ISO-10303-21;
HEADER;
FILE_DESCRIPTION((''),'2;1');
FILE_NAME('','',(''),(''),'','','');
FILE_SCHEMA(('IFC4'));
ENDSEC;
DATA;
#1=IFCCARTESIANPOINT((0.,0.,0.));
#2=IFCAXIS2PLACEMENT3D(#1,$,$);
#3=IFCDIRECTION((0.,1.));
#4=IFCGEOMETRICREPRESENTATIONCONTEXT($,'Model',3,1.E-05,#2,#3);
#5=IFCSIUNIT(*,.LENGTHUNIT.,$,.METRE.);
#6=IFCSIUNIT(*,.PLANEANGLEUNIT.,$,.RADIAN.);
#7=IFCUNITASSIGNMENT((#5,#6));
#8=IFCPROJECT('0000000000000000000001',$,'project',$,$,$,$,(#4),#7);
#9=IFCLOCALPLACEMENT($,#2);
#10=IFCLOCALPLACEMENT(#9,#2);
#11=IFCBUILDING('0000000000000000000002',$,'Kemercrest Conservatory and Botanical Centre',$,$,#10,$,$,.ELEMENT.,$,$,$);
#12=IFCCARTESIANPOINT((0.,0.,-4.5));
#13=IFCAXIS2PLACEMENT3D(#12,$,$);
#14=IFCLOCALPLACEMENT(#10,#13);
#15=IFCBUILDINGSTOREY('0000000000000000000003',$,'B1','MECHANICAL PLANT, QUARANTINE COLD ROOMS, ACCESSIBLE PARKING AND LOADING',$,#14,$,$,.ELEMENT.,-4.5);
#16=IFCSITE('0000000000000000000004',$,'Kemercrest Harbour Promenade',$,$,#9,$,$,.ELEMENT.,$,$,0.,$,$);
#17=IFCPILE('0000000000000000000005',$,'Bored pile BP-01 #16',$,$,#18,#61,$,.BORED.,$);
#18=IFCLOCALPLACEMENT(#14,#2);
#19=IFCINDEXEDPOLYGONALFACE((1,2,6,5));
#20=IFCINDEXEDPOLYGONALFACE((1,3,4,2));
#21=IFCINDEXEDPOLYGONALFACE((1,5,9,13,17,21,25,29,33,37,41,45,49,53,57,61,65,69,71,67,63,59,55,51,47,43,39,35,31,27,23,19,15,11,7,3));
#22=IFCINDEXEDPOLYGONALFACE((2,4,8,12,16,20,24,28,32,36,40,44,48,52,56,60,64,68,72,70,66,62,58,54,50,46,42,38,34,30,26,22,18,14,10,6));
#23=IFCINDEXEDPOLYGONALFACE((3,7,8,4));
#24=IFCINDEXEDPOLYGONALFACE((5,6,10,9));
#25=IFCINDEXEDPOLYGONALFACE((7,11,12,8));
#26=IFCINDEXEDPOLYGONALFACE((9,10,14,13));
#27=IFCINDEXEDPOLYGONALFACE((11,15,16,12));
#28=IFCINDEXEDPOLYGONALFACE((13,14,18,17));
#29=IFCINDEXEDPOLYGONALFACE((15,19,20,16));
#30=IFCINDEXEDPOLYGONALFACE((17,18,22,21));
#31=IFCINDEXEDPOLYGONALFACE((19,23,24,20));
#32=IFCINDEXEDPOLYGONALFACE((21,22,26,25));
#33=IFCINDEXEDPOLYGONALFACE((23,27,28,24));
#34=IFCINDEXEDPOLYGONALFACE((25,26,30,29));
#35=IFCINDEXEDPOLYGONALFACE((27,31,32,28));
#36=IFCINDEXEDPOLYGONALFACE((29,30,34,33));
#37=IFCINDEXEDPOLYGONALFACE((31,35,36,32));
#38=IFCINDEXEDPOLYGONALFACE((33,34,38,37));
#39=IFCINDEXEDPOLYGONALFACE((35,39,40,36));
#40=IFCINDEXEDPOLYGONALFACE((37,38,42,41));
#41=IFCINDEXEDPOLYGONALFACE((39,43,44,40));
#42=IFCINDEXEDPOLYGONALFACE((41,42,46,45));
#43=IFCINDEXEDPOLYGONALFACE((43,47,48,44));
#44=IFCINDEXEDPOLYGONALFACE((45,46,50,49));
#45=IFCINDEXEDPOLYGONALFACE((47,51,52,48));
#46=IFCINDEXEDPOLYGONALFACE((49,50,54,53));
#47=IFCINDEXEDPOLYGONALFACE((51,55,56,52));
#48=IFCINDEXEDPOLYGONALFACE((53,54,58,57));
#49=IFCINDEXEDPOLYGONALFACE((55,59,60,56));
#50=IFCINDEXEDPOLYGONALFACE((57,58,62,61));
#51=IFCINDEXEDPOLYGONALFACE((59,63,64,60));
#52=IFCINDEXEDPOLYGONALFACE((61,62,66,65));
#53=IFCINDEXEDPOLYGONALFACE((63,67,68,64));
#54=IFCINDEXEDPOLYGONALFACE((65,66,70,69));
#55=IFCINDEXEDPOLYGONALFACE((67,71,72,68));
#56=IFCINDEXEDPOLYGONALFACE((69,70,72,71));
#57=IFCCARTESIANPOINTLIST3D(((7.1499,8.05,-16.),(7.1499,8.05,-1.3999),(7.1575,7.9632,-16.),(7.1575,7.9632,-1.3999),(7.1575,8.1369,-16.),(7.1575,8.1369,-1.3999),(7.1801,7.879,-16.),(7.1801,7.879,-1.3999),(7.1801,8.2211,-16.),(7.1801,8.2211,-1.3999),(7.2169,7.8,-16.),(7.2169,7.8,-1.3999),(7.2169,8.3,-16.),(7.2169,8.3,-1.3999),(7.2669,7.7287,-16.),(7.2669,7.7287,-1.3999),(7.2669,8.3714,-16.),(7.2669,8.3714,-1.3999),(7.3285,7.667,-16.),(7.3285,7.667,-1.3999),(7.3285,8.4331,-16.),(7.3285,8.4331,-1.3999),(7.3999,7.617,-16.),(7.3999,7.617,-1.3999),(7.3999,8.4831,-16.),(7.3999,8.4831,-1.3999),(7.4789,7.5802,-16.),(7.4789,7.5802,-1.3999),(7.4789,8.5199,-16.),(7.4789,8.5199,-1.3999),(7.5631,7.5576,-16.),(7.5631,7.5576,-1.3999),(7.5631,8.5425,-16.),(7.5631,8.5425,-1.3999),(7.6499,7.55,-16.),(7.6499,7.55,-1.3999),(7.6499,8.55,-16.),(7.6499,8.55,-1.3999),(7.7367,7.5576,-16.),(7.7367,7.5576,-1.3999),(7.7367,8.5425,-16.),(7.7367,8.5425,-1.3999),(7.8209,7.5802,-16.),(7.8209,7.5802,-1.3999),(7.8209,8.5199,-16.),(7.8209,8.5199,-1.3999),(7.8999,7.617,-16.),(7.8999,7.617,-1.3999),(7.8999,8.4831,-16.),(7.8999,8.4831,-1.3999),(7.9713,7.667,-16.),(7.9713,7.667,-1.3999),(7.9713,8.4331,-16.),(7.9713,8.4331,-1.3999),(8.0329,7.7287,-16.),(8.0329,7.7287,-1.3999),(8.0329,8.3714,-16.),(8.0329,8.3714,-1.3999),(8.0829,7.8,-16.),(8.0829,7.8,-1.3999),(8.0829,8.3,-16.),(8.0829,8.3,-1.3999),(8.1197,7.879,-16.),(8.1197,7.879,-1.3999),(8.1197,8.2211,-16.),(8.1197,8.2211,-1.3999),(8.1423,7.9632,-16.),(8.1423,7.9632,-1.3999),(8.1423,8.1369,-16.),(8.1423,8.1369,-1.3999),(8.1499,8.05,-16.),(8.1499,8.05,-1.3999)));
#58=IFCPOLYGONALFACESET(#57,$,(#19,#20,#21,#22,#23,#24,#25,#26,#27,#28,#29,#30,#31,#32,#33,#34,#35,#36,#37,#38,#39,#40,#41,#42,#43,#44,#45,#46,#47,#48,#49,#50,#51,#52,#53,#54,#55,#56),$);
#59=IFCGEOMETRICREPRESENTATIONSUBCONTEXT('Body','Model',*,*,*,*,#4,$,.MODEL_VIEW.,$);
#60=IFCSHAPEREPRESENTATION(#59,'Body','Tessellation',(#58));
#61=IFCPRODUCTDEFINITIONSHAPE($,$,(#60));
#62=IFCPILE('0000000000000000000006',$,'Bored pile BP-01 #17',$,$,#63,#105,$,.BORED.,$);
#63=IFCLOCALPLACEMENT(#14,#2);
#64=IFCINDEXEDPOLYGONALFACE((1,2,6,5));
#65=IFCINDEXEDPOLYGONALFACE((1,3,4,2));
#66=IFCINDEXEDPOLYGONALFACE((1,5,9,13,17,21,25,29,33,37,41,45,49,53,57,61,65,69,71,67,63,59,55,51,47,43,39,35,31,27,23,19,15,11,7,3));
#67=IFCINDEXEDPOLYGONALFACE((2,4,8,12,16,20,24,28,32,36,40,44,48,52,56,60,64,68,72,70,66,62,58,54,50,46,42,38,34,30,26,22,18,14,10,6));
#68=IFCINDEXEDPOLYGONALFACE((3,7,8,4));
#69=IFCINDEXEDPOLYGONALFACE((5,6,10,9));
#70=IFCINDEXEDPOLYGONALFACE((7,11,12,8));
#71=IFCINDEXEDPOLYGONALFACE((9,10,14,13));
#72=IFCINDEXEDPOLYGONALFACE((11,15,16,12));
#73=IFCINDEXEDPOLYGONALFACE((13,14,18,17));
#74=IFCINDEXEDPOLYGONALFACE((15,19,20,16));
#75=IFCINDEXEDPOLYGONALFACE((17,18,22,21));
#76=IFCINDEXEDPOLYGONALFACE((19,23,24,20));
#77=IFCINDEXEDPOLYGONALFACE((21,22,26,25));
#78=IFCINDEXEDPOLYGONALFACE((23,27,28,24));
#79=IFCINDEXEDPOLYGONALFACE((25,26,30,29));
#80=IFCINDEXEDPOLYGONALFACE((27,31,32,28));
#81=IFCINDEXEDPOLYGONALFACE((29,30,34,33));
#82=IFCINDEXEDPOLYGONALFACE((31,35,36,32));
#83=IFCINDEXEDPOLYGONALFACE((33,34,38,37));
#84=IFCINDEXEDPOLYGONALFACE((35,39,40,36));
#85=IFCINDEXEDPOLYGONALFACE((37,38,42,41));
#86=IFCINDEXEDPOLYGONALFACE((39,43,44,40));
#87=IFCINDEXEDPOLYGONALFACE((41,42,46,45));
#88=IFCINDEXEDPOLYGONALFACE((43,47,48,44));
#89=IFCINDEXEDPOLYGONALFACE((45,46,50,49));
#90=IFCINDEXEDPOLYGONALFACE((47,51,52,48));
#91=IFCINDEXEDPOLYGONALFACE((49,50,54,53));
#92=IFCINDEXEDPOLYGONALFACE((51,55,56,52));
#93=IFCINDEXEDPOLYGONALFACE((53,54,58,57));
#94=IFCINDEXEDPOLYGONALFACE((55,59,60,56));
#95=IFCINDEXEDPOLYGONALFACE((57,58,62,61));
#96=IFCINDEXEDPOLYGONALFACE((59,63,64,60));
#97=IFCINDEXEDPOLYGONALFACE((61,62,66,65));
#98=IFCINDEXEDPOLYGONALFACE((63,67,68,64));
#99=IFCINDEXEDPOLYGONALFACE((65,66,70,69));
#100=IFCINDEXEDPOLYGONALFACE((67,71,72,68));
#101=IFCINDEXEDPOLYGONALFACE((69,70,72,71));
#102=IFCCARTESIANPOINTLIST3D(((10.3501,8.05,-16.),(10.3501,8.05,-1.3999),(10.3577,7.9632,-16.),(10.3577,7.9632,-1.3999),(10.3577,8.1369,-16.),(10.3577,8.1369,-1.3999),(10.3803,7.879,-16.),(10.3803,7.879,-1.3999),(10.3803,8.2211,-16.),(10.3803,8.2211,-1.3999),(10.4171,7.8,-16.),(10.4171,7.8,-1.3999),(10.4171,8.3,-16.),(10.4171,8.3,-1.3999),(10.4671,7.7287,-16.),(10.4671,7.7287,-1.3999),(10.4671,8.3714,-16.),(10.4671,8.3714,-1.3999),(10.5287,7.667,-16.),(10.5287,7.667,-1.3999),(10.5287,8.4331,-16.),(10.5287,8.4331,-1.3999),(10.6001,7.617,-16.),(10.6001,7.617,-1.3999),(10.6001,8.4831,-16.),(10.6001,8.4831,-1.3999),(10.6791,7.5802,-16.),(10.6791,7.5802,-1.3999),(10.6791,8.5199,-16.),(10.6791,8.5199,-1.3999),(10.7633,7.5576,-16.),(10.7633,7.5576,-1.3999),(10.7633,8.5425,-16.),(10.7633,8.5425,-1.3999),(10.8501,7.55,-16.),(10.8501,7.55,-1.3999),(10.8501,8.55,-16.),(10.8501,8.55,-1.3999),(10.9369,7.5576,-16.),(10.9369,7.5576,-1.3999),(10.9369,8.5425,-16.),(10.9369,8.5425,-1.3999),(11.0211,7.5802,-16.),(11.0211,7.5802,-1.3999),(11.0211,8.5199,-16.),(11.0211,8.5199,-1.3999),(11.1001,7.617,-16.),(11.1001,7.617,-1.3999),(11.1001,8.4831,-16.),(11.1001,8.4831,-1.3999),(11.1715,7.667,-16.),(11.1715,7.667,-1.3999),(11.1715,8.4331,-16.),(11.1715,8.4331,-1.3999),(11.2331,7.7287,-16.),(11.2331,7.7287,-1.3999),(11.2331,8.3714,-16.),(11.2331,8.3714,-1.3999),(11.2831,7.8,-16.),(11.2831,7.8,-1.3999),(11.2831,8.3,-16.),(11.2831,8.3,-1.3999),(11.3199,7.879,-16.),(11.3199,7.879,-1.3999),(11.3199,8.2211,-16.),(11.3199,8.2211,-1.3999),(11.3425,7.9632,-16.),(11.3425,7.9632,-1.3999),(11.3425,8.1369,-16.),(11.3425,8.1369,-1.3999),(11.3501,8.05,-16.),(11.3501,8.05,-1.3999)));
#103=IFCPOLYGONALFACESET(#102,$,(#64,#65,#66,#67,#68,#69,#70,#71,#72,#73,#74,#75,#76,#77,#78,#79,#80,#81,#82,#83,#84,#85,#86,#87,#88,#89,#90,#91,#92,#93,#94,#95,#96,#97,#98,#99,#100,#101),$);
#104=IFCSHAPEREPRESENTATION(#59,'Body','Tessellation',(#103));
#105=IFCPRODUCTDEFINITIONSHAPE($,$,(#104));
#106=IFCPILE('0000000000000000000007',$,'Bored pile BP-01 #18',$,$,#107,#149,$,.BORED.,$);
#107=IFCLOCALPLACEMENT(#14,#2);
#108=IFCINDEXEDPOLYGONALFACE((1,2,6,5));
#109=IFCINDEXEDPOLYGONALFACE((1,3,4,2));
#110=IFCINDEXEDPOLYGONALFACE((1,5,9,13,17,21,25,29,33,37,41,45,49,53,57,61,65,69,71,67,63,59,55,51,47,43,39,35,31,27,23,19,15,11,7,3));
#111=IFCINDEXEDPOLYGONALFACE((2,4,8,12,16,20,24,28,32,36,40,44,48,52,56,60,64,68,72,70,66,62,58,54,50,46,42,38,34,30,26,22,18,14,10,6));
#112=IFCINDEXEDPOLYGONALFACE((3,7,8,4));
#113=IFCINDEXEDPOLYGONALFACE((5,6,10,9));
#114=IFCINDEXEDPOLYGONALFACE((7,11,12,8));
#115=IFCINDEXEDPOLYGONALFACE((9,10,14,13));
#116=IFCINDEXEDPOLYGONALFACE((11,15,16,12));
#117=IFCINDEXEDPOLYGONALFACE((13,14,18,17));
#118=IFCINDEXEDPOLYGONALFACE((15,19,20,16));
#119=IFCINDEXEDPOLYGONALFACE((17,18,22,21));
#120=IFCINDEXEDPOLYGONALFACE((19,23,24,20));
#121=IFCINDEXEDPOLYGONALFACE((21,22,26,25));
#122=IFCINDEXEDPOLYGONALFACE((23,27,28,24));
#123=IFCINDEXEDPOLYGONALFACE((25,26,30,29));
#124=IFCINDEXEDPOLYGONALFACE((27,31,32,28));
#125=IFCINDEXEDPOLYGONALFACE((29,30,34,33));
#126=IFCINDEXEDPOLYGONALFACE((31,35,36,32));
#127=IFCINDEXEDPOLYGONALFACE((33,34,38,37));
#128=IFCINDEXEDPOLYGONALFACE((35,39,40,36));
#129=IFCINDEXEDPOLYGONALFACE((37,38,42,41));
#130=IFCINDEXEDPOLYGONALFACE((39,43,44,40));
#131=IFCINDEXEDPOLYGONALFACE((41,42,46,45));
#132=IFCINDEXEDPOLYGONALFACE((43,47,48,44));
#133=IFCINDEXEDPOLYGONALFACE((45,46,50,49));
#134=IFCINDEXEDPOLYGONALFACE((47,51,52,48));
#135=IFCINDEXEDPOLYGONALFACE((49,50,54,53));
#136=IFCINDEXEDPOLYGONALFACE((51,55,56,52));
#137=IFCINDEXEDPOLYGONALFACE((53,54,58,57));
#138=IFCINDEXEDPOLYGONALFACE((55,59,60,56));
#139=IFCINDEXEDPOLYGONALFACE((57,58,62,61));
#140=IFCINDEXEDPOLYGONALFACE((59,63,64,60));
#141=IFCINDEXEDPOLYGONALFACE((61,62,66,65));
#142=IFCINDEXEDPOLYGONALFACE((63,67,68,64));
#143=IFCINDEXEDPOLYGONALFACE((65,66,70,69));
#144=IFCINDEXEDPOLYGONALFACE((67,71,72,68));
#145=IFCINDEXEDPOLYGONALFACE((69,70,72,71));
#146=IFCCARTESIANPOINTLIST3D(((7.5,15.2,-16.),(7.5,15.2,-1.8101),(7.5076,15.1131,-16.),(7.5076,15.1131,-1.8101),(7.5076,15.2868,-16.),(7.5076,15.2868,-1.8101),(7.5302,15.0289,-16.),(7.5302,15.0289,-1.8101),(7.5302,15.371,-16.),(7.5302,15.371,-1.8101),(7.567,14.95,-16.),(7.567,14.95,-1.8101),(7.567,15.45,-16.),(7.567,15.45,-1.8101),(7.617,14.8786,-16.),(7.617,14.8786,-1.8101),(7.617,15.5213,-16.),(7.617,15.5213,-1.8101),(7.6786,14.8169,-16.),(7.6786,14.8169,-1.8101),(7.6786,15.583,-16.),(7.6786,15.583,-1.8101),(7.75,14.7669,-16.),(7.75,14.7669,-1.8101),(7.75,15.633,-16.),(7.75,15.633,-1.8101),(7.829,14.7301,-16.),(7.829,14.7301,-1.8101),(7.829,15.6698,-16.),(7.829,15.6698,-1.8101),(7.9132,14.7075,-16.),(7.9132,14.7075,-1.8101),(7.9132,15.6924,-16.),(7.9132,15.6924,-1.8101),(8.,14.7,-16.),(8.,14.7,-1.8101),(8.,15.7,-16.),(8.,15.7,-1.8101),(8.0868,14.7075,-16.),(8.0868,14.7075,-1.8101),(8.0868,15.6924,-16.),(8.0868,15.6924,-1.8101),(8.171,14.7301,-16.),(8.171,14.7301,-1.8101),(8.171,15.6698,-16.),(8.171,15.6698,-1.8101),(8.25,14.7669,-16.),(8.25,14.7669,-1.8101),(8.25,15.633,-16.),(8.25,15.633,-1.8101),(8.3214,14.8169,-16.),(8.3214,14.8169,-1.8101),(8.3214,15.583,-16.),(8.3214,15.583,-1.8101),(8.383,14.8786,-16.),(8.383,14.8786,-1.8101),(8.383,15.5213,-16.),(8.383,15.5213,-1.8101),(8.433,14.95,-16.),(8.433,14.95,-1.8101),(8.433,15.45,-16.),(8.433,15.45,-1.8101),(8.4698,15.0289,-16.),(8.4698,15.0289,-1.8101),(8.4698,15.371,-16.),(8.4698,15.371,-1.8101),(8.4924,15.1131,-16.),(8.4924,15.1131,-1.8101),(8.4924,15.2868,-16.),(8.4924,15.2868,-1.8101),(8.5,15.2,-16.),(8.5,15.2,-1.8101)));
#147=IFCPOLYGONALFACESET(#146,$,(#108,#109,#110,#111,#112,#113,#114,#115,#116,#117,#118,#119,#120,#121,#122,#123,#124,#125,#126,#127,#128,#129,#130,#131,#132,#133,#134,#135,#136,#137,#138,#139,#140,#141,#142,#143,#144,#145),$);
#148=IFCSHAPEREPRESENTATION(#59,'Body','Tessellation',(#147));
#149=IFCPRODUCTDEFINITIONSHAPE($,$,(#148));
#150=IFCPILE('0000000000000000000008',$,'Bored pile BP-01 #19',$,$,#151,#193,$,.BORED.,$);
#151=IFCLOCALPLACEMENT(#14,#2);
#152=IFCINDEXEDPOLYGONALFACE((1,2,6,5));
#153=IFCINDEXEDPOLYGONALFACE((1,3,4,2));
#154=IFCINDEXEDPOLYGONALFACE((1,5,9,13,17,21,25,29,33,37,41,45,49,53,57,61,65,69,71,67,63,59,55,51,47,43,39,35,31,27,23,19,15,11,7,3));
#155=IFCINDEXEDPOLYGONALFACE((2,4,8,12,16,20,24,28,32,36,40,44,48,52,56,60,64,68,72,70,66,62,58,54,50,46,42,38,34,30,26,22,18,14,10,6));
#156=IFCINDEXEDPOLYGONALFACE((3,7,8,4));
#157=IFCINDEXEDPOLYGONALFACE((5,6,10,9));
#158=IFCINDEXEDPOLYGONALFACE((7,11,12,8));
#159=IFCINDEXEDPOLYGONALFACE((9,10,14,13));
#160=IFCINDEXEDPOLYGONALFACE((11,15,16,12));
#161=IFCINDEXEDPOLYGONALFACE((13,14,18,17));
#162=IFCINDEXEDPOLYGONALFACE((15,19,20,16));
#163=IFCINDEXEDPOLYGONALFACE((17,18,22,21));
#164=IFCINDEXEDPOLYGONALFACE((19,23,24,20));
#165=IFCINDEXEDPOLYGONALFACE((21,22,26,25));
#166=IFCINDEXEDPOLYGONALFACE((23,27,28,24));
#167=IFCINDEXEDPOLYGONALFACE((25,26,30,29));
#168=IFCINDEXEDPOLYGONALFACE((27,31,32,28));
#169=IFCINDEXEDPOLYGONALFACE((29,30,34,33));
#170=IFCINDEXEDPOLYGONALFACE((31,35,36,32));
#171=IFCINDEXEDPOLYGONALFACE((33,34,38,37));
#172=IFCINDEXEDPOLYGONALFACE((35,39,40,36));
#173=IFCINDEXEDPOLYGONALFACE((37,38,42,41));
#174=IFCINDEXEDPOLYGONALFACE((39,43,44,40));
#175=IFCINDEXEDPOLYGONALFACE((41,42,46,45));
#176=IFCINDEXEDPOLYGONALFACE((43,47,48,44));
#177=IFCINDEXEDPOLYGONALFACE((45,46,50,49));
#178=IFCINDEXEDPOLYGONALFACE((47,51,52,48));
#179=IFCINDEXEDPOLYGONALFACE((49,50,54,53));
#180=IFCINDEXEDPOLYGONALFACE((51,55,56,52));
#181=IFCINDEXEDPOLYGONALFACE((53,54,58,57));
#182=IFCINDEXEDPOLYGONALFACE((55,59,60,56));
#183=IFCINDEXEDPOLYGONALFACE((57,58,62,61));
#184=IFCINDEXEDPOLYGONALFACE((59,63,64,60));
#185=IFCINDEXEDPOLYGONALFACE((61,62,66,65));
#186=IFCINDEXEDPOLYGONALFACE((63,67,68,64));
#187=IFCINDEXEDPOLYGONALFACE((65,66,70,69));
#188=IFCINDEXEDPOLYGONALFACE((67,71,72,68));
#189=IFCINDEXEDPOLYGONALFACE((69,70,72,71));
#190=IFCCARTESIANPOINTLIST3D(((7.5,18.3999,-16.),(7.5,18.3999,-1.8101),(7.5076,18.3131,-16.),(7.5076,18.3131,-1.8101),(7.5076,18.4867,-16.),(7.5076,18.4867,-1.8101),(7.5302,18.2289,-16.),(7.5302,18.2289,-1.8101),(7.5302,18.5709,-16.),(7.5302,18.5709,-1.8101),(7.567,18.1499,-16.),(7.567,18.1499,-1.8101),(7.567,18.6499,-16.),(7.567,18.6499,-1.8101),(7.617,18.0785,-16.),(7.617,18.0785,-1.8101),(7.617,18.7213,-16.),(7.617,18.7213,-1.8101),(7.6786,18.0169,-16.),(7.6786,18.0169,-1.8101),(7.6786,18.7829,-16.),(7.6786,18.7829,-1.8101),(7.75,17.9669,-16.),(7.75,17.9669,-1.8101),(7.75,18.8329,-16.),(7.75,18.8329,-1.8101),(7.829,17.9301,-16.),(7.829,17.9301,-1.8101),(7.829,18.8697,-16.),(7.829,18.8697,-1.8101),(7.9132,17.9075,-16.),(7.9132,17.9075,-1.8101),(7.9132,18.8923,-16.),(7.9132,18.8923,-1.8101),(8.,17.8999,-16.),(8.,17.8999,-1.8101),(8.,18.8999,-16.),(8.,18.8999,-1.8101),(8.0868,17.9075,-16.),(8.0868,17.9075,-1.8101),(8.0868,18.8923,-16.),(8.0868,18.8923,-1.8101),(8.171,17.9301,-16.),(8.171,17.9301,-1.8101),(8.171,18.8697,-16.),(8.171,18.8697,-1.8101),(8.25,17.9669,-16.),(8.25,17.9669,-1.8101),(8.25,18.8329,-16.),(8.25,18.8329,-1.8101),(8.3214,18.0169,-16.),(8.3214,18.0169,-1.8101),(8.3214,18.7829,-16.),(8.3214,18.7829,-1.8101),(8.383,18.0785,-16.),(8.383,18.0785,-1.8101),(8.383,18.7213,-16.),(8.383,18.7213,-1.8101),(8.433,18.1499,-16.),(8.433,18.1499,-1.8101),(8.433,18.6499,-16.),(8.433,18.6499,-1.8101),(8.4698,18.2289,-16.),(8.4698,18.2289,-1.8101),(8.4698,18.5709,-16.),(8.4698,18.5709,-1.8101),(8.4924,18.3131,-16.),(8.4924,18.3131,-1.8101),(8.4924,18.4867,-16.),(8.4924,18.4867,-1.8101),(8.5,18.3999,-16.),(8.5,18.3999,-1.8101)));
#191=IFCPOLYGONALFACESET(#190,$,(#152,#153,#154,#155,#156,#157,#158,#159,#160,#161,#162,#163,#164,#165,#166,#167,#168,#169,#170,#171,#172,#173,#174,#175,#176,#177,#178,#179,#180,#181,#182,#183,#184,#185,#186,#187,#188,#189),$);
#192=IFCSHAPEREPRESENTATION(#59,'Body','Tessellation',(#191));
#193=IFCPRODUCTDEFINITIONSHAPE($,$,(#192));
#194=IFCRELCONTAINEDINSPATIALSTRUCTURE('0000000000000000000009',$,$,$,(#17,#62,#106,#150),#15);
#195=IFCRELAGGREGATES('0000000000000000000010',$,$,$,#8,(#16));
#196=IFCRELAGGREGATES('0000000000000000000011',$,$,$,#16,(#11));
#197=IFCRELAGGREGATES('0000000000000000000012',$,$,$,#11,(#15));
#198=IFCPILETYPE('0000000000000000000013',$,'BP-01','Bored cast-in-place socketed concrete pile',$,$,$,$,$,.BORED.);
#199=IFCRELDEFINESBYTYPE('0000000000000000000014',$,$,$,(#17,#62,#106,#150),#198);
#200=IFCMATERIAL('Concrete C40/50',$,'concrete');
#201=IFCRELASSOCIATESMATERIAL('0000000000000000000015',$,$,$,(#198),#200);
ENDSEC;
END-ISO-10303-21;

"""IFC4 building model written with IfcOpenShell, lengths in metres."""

from ifc_helpers import new_model, si_unit, direction, frame, origin, origin_2d, place, context, subcontext, project, spatial, circle, extrude, material, material_profile, profile_set, type_object, element, save


model = new_model("IFC4")

# Units and contexts
model_context = context("Model", 3, precision=1e-05, world=origin(), true_north=direction((0.0, 1.0)))
body_context = subcontext(model_context, "Body", "Model", "MODEL_VIEW")
ifc_project = project(units=[si_unit("LENGTHUNIT", "METRE"), si_unit("PLANEANGLEUNIT", "RADIAN")], contexts=[model_context])

# Site, building, storey
site_placement = place(None, origin())
site = spatial("IfcSite", under=ifc_project, at=site_placement, Name="Kemercrest Harbour Promenade", CompositionType="ELEMENT", RefElevation=0.0)
building_placement = place(site_placement, origin())
building = spatial("IfcBuilding", under=site, at=building_placement, Name="Kemercrest Conservatory and Botanical Centre", CompositionType="ELEMENT")
storey_placement = place(building_placement, frame((0.0, 0.0, -4.5)))
storey = spatial("IfcBuildingStorey", under=building, at=storey_placement, Name="B1", Description="MECHANICAL PLANT, QUARANTINE COLD ROOMS, ACCESSIBLE PARKING AND LOADING", CompositionType="ELEMENT", Elevation=-4.5)

# Piles
ifc_material_1 = material(Name="Concrete C40/50", Category="concrete")
ifc_material_profile_1 = material_profile(ifc_material_1, circle(Radius=0.5, at=origin_2d()), Name="BORED PILE 1000")
ifc_profile_set_1 = profile_set([ifc_material_profile_1], Name="Concrete C40/50")
pile_type_1 = type_object("IfcPileType", Name="BP-01", Description="Bored cast-in-place socketed concrete pile", PredefinedType="BORED", material=ifc_profile_set_1)
for number, where, z_axis, x_axis, name in (
    (1, (7.6499, 8.05, -1.3999), (0.0, 0.0, -1.0), (1.0, 0.0, 0.0), "Bored pile BP-01 #16"),
    (2, (10.8501, 8.05, -1.3999), (0.0, 0.0, -1.0), (1.0, 0.0, 0.0), "Bored pile BP-01 #17"),
):
    element("IfcPile", number, at=place(storey_placement, frame(where, z_axis=z_axis, x_axis=x_axis)), inside=storey, type_object=pile_type_1, Name=name, PredefinedType="BORED", context=body_context, shape_type="SweptSolid", body=[
        extrude(circle(Radius=0.5, at=origin_2d()), origin(), (0.0, 0.0, 1.0), 14.6001),
    ])
for number, where, z_axis, x_axis, name in (
    (3, (8.0, 15.2, -1.8101), (0.0, 0.0, -1.0), (1.0, 0.0, 0.0), "Bored pile BP-01 #18"),
    (4, (8.0, 18.3999, -1.8101), (0.0, 0.0, -1.0), (1.0, 0.0, 0.0), "Bored pile BP-01 #19"),
):
    element("IfcPile", number, at=place(storey_placement, frame(where, z_axis=z_axis, x_axis=x_axis)), inside=storey, type_object=pile_type_1, Name=name, PredefinedType="BORED", context=body_context, shape_type="SweptSolid", body=[
        extrude(circle(Radius=0.5, at=origin_2d()), origin(), (0.0, 0.0, 1.0), 14.1899),
    ])

save(model, "model.ifc")
